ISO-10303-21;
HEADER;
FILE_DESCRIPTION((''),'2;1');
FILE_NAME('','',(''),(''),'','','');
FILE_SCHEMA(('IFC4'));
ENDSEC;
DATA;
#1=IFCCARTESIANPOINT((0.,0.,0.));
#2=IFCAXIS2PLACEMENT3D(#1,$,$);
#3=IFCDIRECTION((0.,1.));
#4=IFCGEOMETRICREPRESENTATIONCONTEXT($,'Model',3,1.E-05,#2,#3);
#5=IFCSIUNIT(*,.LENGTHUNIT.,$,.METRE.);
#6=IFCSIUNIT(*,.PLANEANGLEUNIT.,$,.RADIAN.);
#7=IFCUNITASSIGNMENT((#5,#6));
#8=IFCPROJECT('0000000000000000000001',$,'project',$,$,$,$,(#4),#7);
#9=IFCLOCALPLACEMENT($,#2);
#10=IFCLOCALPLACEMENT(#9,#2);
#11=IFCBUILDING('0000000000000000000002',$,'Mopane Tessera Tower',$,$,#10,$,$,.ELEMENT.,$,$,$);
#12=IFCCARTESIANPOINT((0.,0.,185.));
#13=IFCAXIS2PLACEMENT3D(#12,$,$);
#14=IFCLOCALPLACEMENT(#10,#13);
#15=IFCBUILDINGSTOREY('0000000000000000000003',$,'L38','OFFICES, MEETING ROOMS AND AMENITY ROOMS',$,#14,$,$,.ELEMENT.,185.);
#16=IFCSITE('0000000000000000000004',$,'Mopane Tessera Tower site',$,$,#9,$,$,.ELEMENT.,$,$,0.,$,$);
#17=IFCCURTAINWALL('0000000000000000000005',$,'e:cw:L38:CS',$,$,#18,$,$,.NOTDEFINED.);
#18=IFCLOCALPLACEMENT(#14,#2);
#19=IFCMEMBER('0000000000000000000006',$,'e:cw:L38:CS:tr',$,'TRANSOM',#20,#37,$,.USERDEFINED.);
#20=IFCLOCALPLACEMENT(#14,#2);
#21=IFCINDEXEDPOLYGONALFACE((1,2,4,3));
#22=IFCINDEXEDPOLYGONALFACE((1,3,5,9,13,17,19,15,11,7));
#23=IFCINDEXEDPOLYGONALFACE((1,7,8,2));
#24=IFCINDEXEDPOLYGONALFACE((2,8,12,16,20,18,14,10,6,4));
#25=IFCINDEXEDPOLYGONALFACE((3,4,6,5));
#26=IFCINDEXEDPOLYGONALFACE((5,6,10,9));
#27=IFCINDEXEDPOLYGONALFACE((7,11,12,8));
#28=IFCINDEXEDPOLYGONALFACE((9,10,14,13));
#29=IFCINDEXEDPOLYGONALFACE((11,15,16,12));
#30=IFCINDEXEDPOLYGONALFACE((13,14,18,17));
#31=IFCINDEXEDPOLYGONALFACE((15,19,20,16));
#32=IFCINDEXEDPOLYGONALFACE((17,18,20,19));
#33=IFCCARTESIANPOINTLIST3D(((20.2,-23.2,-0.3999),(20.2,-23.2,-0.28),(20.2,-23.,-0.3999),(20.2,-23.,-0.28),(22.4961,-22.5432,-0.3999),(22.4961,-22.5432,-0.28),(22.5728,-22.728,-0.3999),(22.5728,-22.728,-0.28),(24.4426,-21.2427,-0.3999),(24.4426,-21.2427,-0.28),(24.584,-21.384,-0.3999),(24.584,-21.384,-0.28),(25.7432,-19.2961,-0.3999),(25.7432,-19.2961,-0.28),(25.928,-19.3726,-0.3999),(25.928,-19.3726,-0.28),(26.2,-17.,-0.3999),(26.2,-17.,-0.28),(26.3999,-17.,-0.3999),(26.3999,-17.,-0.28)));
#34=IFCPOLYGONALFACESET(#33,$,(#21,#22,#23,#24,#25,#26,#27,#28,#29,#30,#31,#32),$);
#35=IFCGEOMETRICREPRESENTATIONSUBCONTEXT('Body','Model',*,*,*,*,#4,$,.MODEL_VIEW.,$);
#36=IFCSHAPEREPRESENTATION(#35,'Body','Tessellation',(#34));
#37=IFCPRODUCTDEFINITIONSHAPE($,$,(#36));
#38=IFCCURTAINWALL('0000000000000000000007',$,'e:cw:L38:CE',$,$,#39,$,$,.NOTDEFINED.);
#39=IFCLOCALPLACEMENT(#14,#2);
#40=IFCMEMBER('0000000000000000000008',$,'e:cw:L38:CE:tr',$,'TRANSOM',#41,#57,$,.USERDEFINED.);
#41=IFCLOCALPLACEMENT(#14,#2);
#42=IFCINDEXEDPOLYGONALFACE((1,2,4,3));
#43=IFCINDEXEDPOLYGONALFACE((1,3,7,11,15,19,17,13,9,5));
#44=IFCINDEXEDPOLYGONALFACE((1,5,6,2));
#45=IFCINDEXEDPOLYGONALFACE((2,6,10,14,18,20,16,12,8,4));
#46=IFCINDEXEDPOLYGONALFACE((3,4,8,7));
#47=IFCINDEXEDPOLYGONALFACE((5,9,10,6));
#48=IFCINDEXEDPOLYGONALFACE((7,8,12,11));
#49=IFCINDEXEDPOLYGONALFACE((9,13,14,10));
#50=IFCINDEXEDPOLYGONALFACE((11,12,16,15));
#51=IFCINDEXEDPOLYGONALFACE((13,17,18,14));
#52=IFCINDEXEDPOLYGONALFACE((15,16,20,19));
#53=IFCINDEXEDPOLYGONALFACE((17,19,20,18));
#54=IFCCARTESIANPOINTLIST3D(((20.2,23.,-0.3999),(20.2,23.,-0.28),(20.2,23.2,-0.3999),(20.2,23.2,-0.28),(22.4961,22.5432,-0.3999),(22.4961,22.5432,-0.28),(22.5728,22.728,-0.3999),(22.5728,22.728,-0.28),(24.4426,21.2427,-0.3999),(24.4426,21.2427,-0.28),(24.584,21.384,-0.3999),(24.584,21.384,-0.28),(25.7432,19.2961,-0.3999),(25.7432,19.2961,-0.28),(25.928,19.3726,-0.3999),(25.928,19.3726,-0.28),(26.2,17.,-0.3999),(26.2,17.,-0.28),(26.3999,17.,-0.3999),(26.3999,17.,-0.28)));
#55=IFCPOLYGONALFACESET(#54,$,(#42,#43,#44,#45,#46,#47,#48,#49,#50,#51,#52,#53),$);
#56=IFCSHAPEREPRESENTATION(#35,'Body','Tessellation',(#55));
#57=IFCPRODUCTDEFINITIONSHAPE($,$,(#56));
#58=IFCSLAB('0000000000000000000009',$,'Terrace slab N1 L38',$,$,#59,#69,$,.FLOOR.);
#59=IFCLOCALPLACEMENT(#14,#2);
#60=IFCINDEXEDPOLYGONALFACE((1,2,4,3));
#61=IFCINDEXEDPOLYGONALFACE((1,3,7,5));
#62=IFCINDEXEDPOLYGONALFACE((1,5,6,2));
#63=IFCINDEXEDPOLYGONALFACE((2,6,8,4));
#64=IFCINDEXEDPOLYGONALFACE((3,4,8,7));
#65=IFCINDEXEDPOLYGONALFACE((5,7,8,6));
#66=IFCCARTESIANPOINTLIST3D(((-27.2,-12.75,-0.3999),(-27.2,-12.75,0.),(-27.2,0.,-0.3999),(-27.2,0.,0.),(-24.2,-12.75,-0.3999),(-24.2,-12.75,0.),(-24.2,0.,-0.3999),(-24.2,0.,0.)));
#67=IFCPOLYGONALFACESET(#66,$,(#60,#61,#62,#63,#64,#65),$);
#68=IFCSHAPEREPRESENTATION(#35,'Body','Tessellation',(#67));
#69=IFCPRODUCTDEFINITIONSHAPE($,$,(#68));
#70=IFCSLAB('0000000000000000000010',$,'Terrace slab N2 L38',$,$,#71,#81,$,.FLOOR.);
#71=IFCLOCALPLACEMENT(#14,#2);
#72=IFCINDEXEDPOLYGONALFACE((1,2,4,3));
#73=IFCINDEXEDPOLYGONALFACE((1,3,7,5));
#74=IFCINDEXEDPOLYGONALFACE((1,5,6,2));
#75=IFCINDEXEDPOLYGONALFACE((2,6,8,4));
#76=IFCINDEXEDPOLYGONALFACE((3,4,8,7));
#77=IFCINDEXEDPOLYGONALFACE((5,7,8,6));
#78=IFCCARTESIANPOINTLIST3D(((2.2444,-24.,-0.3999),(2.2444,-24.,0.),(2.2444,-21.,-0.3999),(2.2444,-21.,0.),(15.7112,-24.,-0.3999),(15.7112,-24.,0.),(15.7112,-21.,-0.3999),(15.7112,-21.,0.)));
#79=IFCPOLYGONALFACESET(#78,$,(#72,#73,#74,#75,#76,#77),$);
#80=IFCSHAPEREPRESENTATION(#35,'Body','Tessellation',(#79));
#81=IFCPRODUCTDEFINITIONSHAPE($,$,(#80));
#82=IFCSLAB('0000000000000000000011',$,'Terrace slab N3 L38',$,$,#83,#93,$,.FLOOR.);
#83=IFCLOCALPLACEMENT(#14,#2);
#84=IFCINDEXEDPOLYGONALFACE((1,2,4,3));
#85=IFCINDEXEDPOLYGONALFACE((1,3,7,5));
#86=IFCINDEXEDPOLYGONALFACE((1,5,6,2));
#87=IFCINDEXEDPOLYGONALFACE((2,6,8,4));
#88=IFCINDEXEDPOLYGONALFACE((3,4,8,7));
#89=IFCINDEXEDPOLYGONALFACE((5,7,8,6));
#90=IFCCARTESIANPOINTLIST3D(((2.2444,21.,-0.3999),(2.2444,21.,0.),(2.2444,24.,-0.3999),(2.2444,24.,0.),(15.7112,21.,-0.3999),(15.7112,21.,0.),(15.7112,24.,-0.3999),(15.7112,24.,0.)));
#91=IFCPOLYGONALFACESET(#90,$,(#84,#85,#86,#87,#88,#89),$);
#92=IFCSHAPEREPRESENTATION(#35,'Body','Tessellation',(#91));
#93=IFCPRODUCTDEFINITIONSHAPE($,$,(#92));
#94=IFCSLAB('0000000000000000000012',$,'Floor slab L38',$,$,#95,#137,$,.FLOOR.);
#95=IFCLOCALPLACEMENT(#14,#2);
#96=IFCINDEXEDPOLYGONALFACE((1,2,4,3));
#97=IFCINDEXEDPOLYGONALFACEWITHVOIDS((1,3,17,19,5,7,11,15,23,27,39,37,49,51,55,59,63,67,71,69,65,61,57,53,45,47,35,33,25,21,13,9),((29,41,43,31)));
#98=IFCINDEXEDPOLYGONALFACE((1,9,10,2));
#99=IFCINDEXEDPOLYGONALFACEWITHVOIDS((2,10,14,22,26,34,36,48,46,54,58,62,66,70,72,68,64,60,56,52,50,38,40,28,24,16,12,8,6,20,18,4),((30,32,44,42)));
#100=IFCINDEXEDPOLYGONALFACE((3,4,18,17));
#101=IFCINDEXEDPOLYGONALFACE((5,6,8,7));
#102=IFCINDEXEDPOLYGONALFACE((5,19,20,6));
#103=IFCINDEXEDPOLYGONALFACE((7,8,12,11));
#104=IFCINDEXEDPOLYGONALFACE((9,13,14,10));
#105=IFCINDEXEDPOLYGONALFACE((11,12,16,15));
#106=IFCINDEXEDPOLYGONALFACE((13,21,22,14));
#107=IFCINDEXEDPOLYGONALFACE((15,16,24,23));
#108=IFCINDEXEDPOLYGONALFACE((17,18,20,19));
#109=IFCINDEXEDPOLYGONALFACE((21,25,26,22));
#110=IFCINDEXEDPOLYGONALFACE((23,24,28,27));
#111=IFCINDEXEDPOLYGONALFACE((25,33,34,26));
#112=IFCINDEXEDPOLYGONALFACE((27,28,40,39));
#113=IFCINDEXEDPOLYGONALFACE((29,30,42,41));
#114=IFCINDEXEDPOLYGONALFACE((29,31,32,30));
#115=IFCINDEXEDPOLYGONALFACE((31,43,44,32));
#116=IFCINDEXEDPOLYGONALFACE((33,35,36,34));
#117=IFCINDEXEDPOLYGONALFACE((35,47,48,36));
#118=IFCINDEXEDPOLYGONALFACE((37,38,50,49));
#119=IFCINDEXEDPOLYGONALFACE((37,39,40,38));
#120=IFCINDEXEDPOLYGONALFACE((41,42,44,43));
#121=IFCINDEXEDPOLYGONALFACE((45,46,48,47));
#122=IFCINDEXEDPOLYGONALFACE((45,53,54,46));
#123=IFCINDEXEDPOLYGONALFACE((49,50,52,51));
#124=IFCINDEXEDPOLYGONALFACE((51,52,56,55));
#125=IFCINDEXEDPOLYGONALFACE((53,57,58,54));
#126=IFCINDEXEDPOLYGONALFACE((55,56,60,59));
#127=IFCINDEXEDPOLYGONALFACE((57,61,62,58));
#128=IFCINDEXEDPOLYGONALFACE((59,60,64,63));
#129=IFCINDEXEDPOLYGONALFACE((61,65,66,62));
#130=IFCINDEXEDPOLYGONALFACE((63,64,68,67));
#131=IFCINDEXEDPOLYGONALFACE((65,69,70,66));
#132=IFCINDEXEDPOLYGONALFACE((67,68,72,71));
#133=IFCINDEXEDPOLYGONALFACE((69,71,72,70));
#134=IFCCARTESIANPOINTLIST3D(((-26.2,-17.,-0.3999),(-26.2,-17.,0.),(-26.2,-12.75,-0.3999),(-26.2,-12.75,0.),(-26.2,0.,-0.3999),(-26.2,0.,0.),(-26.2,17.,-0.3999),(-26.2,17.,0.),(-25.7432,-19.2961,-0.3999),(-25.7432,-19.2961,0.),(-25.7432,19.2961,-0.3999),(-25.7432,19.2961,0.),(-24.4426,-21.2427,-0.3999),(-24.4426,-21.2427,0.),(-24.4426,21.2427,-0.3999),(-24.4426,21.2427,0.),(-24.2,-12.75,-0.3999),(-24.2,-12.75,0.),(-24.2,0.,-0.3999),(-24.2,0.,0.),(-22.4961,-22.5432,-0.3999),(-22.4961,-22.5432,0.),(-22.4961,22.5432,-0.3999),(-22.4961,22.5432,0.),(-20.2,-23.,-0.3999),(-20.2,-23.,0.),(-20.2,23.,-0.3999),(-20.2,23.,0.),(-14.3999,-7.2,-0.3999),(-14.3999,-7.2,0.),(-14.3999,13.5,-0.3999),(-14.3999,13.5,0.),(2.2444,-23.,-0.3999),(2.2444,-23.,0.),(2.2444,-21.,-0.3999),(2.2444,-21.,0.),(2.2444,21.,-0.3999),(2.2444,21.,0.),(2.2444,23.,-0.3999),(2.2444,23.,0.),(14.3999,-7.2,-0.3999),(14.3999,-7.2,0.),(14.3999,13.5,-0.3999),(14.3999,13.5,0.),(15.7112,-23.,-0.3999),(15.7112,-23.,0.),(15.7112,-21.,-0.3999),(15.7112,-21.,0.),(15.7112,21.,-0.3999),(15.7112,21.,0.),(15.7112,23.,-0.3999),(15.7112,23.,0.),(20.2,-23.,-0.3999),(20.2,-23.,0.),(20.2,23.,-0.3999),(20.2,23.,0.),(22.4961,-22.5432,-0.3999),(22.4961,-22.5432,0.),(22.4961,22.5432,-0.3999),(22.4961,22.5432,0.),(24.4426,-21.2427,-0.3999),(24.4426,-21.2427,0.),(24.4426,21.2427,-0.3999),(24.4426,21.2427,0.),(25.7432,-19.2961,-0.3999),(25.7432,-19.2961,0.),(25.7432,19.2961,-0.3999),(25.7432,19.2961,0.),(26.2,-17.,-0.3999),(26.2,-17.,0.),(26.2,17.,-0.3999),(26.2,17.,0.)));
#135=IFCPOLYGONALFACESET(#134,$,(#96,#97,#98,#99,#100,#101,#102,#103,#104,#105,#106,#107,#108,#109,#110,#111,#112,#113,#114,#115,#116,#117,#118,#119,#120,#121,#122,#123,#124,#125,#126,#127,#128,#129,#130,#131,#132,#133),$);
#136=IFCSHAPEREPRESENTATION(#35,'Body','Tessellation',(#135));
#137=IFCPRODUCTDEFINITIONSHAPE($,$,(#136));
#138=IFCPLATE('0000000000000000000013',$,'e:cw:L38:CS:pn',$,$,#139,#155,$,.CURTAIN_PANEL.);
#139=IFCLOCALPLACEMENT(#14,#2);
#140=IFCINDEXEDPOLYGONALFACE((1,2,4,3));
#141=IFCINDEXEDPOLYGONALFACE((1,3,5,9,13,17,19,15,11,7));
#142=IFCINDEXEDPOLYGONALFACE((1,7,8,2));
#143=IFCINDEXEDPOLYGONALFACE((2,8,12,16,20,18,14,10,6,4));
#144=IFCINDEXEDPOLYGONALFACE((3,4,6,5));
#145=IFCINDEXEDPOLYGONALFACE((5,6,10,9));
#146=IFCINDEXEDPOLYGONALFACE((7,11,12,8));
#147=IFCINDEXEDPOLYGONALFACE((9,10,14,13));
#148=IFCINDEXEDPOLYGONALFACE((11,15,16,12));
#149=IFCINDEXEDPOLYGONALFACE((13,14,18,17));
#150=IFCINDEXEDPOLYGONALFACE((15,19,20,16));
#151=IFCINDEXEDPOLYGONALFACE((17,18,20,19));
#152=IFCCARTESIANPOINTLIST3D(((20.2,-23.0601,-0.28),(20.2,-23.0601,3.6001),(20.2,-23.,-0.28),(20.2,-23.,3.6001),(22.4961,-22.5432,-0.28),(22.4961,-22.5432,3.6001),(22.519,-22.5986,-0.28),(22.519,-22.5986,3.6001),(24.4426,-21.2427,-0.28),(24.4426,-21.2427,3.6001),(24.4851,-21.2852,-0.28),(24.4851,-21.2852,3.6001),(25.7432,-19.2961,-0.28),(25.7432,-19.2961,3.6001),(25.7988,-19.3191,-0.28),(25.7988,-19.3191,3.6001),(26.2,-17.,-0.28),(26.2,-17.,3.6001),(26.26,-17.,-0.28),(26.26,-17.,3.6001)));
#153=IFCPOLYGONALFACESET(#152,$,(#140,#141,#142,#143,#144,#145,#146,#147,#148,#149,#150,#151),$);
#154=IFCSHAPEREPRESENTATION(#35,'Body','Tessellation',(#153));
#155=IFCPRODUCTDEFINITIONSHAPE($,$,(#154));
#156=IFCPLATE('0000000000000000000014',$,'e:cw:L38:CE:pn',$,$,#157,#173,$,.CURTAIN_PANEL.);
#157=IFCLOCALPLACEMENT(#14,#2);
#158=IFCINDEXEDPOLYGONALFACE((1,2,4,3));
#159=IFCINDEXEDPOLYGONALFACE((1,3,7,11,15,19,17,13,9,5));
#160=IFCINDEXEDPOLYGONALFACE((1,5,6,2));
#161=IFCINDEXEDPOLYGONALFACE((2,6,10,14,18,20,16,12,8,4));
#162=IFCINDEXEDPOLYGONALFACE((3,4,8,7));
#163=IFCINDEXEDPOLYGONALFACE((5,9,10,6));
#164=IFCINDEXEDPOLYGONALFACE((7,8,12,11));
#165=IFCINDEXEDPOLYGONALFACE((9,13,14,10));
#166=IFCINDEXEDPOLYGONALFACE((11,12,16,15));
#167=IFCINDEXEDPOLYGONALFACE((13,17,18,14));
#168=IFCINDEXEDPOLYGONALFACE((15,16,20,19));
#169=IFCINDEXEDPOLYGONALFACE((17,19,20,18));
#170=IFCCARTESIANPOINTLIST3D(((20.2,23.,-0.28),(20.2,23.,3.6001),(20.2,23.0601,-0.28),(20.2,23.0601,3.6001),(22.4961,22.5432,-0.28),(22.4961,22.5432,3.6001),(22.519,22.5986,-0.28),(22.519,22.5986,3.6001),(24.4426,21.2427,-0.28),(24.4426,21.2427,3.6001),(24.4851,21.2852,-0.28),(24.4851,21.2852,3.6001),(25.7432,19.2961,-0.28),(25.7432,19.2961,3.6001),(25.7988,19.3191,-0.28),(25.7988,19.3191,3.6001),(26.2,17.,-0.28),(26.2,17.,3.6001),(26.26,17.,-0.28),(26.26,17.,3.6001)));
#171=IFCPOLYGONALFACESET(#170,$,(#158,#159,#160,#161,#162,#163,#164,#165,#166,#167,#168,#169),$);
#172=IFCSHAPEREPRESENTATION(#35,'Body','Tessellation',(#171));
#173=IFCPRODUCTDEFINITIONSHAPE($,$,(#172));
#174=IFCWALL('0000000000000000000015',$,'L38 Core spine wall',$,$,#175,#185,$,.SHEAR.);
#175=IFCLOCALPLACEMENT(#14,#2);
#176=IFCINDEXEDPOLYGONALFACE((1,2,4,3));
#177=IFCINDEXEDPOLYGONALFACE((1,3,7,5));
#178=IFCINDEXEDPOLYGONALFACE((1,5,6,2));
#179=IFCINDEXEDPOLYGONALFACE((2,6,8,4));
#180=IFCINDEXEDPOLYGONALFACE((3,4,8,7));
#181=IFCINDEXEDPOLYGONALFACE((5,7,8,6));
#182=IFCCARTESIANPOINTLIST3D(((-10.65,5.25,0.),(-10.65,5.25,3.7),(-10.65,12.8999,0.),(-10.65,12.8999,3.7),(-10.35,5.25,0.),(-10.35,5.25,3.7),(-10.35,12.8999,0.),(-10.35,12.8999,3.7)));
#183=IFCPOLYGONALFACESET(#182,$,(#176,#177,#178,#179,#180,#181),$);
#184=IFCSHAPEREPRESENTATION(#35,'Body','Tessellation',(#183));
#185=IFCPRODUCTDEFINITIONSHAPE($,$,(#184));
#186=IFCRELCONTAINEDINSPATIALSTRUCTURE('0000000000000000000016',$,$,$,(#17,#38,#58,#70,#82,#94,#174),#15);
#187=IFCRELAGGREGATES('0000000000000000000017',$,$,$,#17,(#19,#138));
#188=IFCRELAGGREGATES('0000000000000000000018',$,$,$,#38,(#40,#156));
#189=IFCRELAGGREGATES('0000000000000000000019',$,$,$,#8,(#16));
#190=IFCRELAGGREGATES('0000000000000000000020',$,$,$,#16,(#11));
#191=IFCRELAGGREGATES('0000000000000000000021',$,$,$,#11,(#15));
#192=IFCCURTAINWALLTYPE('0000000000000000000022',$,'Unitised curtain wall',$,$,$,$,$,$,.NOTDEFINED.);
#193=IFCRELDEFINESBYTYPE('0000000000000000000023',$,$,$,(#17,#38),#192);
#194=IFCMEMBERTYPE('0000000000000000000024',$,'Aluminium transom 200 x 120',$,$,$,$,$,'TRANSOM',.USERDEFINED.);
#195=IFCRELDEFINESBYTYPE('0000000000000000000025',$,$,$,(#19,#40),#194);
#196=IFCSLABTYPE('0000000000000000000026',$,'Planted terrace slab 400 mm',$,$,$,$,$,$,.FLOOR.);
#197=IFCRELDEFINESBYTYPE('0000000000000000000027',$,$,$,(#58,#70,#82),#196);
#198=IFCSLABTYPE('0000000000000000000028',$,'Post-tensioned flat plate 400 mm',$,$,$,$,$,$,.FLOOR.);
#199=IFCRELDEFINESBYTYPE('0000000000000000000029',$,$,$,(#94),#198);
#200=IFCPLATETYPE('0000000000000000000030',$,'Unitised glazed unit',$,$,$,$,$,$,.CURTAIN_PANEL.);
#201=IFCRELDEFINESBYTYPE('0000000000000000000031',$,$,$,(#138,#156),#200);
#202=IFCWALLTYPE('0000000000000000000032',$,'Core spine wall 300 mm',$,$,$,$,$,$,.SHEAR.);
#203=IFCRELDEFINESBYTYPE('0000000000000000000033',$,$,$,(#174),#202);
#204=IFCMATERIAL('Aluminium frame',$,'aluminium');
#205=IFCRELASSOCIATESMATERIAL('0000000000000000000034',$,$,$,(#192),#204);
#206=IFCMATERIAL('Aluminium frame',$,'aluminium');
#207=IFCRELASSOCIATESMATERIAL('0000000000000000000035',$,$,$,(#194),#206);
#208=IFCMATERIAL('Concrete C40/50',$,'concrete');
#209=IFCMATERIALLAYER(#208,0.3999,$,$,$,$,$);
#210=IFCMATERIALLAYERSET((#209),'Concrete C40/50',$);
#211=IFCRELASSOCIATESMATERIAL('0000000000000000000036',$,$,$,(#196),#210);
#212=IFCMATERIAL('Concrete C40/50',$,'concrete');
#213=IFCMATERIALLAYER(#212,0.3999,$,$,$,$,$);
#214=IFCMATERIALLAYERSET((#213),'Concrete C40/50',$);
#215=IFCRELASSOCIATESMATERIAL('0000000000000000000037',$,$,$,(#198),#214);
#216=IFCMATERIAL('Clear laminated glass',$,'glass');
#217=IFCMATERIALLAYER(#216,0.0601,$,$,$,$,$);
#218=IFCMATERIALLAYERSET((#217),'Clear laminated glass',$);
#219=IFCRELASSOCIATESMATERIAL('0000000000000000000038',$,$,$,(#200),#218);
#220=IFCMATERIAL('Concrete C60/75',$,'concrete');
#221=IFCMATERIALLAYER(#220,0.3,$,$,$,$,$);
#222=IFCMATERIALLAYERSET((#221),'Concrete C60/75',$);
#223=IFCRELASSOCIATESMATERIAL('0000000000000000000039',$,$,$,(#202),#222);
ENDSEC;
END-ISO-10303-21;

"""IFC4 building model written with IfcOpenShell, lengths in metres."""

from ifc_helpers import new_model, si_unit, direction, frame, frame_2d, origin, origin_2d, place, context, subcontext, project, spatial, polyline, rectangle, outline, extrude, material, layer, layer_set, material_profile, profile_set, type_object, element, aggregate, save


model = new_model("IFC4")

# Units and contexts
model_context = context("Model", 3, precision=1e-05, world=origin(), true_north=direction((0.0, 1.0)))
body_context = subcontext(model_context, "Body", "Model", "MODEL_VIEW")
ifc_project = project(units=[si_unit("LENGTHUNIT", "METRE"), si_unit("PLANEANGLEUNIT", "RADIAN")], contexts=[model_context])

# Site, building, storey
site_placement = place(None, origin())
site = spatial("IfcSite", under=ifc_project, at=site_placement, Name="Mopane Tessera Tower site", CompositionType="ELEMENT", RefElevation=0.0)
building_placement = place(site_placement, origin())
building = spatial("IfcBuilding", under=site, at=building_placement, Name="Mopane Tessera Tower", CompositionType="ELEMENT")
storey_placement = place(building_placement, frame((0.0, 0.0, 185.0)))
storey = spatial("IfcBuildingStorey", under=building, at=storey_placement, Name="L38", Description="OFFICES, MEETING ROOMS AND AMENITY ROOMS", CompositionType="ELEMENT", Elevation=185.0)

# Curtain walls, members
ifc_material_1 = material(Name="Aluminium frame", Category="aluminium")
curtain_wall_type = type_object("IfcCurtainWallType", Name="Unitised curtain wall", PredefinedType="NOTDEFINED", material=ifc_material_1)
curtain_wall_1_placement = place(storey_placement, origin())
curtain_wall_1 = element("IfcCurtainWall", 1, at=curtain_wall_1_placement, inside=storey, type_object=curtain_wall_type, Name="e:cw:L38:CS", PredefinedType="NOTDEFINED")
ifc_material_2 = material(Name="Aluminium frame", Category="aluminium")
ifc_material_profile = material_profile(ifc_material_2, rectangle(XDim=0.2, YDim=0.1201, at=origin_2d()))
ifc_profile_set = profile_set([ifc_material_profile], Name="Aluminium frame")
member_type = type_object("IfcMemberType", Name="Aluminium transom 200 x 120", ElementType="TRANSOM", PredefinedType="USERDEFINED", material=ifc_profile_set)
member_1_placement = place(storey_placement, frame((0.0, 0.0, -0.3999)))
member_1 = element("IfcMember", 2, at=member_1_placement, type_object=member_type, Name="e:cw:L38:CS:tr", ObjectType="TRANSOM", PredefinedType="USERDEFINED", context=body_context, shape_type="SweptSolid", body=[
    extrude(outline(polyline([(20.2, -23.0), (22.4961, -22.5432), (24.4426, -21.2427), (25.7432, -19.2961), (26.2, -17.0), (26.3999, -17.0), (25.928, -19.3726), (24.584, -21.384), (22.5728, -22.728), (20.2, -23.2), (20.2, -23.0)])), origin(), (0.0, 0.0, 1.0), 0.1199),
])
curtain_wall_2_placement = place(storey_placement, origin())
curtain_wall_2 = element("IfcCurtainWall", 3, at=curtain_wall_2_placement, inside=storey, type_object=curtain_wall_type, Name="e:cw:L38:CE", PredefinedType="NOTDEFINED")
member_2_placement = place(storey_placement, frame((0.0, 0.0, -0.3999)))
member_2 = element("IfcMember", 4, at=member_2_placement, type_object=member_type, Name="e:cw:L38:CE:tr", ObjectType="TRANSOM", PredefinedType="USERDEFINED", context=body_context, shape_type="SweptSolid", body=[
    extrude(outline(polyline([(26.2, 17.0), (25.7432, 19.2961), (24.4426, 21.2427), (22.4961, 22.5432), (20.2, 23.0), (20.2, 23.2), (22.5728, 22.728), (24.584, 21.384), (25.928, 19.3726), (26.3999, 17.0), (26.2, 17.0)])), origin(), (0.0, 0.0, 1.0), 0.1199),
])

# Slabs
ifc_material_3 = material(Name="Concrete C40/50", Category="concrete")
ifc_layer_1 = layer(ifc_material_3, 0.3999)
ifc_layer_set_1 = layer_set([ifc_layer_1], Name="Concrete C40/50")
slab_type_1 = type_object("IfcSlabType", Name="Planted terrace slab 400 mm", PredefinedType="FLOOR", material=ifc_layer_set_1)
slab_1_placement = place(storey_placement, frame((0.0, 0.0, -0.3999)))
element("IfcSlab", 5, at=slab_1_placement, inside=storey, type_object=slab_type_1, Name="Terrace slab N1 L38", PredefinedType="FLOOR", context=body_context, shape_type="SweptSolid", body=[
    extrude(outline(polyline([(-27.2, -12.75), (-24.2, -12.75), (-24.2, 0.0), (-27.2, 0.0), (-27.2, -12.75)])), origin(), (0.0, 0.0, 1.0), 0.3999),
])
slab_2_placement = place(storey_placement, frame((0.0, 0.0, -0.3999)))
element("IfcSlab", 6, at=slab_2_placement, inside=storey, type_object=slab_type_1, Name="Terrace slab N2 L38", PredefinedType="FLOOR", context=body_context, shape_type="SweptSolid", body=[
    extrude(outline(polyline([(15.7112, -24.0), (15.7112, -21.0), (2.2444, -21.0), (2.2444, -24.0), (15.7112, -24.0)])), origin(), (0.0, 0.0, 1.0), 0.3999),
])
slab_3_placement = place(storey_placement, frame((0.0, 0.0, -0.3999)))
element("IfcSlab", 7, at=slab_3_placement, inside=storey, type_object=slab_type_1, Name="Terrace slab N3 L38", PredefinedType="FLOOR", context=body_context, shape_type="SweptSolid", body=[
    extrude(outline(polyline([(2.2444, 24.0), (2.2444, 21.0), (15.7112, 21.0), (15.7112, 24.0), (2.2444, 24.0)])), origin(), (0.0, 0.0, 1.0), 0.3999),
])
ifc_material_4 = material(Name="Concrete C40/50", Category="concrete")
ifc_layer_2 = layer(ifc_material_4, 0.3999)
ifc_layer_set_2 = layer_set([ifc_layer_2], Name="Concrete C40/50")
slab_type_2 = type_object("IfcSlabType", Name="Post-tensioned flat plate 400 mm", PredefinedType="FLOOR", material=ifc_layer_set_2)
slab_4_placement = place(storey_placement, frame((0.0, 0.0, -0.3999)))
element("IfcSlab", 8, at=slab_4_placement, inside=storey, type_object=slab_type_2, Name="Floor slab L38", PredefinedType="FLOOR", context=body_context, shape_type="SweptSolid", body=[
    extrude(outline(polyline([(-20.2, -23.0), (2.2444, -23.0), (2.2444, -21.0), (15.7112, -21.0), (15.7112, -23.0), (20.2, -23.0), (22.4961, -22.5432), (24.4426, -21.2427), (25.7432, -19.2961), (26.2, -17.0), (26.2, 17.0), (25.7432, 19.2961), (24.4426, 21.2427), (22.4961, 22.5432), (20.2, 23.0), (15.7112, 23.0), (15.7112, 21.0), (2.2444, 21.0), (2.2444, 23.0), (-20.2, 23.0), (-22.4961, 22.5432), (-24.4426, 21.2427), (-25.7432, 19.2961), (-26.2, 17.0), (-26.2, 0.0), (-24.2, 0.0), (-24.2, -12.75), (-26.2, -12.75), (-26.2, -17.0), (-25.7432, -19.2961), (-24.4426, -21.2427), (-22.4961, -22.5432), (-20.2, -23.0)]), holes=[polyline([(14.3999, -7.2), (-14.3999, -7.2), (-14.3999, 13.5), (14.3999, 13.5), (14.3999, -7.2)])]), origin(), (0.0, 0.0, 1.0), 0.3999),
])

# Plates
ifc_material_5 = material(Name="Clear laminated glass", Category="glass")
ifc_layer_3 = layer(ifc_material_5, 0.0601)
ifc_layer_set_3 = layer_set([ifc_layer_3], Name="Clear laminated glass")
plate_type = type_object("IfcPlateType", Name="Unitised glazed unit", PredefinedType="CURTAIN_PANEL", material=ifc_layer_set_3)
plate_1_placement = place(storey_placement, frame((0.0, 0.0, -0.28)))
plate_1 = element("IfcPlate", 9, at=plate_1_placement, type_object=plate_type, Name="e:cw:L38:CS:pn", PredefinedType="CURTAIN_PANEL", context=body_context, shape_type="SweptSolid", body=[
    extrude(outline(polyline([(20.2, -23.0), (22.4961, -22.5432), (24.4426, -21.2427), (25.7432, -19.2961), (26.2, -17.0), (26.26, -17.0), (25.7988, -19.3191), (24.4851, -21.2852), (22.519, -22.5986), (20.2, -23.0601), (20.2, -23.0)])), origin(), (0.0, 0.0, 1.0), 3.8801),
])
aggregate(curtain_wall_1, [member_1, plate_1])
plate_2_placement = place(storey_placement, frame((0.0, 0.0, -0.28)))
plate_2 = element("IfcPlate", 10, at=plate_2_placement, type_object=plate_type, Name="e:cw:L38:CE:pn", PredefinedType="CURTAIN_PANEL", context=body_context, shape_type="SweptSolid", body=[
    extrude(outline(polyline([(26.2, 17.0), (25.7432, 19.2961), (24.4426, 21.2427), (22.4961, 22.5432), (20.2, 23.0), (20.2, 23.0601), (22.519, 22.5986), (24.4851, 21.2852), (25.7988, 19.3191), (26.26, 17.0), (26.2, 17.0)])), origin(), (0.0, 0.0, 1.0), 3.8801),
])
aggregate(curtain_wall_2, [member_2, plate_2])

# Wall
ifc_material_6 = material(Name="Concrete C60/75", Category="concrete")
ifc_layer_4 = layer(ifc_material_6, 0.3)
ifc_layer_set_4 = layer_set([ifc_layer_4], Name="Concrete C60/75")
wall_type_1 = type_object("IfcWallType", Name="Core spine wall 300 mm", PredefinedType="SHEAR", material=ifc_layer_set_4)
wall_1_placement = place(storey_placement, frame((-10.5, 5.25, 0.0), z_axis=(0.0, 0.0, 1.0), x_axis=(0.0, 1.0, 0.0)))
element("IfcWall", 11, at=wall_1_placement, inside=storey, type_object=wall_type_1, Name="L38 Core spine wall", PredefinedType="SHEAR", context=body_context, shape_type="SweptSolid", body=[
    extrude(rectangle(XDim=7.6499, YDim=0.3, at=frame_2d((3.825, 0.0))), origin(), (0.0, 0.0, 1.0), 3.7),
])

save(model, "model.ifc")
